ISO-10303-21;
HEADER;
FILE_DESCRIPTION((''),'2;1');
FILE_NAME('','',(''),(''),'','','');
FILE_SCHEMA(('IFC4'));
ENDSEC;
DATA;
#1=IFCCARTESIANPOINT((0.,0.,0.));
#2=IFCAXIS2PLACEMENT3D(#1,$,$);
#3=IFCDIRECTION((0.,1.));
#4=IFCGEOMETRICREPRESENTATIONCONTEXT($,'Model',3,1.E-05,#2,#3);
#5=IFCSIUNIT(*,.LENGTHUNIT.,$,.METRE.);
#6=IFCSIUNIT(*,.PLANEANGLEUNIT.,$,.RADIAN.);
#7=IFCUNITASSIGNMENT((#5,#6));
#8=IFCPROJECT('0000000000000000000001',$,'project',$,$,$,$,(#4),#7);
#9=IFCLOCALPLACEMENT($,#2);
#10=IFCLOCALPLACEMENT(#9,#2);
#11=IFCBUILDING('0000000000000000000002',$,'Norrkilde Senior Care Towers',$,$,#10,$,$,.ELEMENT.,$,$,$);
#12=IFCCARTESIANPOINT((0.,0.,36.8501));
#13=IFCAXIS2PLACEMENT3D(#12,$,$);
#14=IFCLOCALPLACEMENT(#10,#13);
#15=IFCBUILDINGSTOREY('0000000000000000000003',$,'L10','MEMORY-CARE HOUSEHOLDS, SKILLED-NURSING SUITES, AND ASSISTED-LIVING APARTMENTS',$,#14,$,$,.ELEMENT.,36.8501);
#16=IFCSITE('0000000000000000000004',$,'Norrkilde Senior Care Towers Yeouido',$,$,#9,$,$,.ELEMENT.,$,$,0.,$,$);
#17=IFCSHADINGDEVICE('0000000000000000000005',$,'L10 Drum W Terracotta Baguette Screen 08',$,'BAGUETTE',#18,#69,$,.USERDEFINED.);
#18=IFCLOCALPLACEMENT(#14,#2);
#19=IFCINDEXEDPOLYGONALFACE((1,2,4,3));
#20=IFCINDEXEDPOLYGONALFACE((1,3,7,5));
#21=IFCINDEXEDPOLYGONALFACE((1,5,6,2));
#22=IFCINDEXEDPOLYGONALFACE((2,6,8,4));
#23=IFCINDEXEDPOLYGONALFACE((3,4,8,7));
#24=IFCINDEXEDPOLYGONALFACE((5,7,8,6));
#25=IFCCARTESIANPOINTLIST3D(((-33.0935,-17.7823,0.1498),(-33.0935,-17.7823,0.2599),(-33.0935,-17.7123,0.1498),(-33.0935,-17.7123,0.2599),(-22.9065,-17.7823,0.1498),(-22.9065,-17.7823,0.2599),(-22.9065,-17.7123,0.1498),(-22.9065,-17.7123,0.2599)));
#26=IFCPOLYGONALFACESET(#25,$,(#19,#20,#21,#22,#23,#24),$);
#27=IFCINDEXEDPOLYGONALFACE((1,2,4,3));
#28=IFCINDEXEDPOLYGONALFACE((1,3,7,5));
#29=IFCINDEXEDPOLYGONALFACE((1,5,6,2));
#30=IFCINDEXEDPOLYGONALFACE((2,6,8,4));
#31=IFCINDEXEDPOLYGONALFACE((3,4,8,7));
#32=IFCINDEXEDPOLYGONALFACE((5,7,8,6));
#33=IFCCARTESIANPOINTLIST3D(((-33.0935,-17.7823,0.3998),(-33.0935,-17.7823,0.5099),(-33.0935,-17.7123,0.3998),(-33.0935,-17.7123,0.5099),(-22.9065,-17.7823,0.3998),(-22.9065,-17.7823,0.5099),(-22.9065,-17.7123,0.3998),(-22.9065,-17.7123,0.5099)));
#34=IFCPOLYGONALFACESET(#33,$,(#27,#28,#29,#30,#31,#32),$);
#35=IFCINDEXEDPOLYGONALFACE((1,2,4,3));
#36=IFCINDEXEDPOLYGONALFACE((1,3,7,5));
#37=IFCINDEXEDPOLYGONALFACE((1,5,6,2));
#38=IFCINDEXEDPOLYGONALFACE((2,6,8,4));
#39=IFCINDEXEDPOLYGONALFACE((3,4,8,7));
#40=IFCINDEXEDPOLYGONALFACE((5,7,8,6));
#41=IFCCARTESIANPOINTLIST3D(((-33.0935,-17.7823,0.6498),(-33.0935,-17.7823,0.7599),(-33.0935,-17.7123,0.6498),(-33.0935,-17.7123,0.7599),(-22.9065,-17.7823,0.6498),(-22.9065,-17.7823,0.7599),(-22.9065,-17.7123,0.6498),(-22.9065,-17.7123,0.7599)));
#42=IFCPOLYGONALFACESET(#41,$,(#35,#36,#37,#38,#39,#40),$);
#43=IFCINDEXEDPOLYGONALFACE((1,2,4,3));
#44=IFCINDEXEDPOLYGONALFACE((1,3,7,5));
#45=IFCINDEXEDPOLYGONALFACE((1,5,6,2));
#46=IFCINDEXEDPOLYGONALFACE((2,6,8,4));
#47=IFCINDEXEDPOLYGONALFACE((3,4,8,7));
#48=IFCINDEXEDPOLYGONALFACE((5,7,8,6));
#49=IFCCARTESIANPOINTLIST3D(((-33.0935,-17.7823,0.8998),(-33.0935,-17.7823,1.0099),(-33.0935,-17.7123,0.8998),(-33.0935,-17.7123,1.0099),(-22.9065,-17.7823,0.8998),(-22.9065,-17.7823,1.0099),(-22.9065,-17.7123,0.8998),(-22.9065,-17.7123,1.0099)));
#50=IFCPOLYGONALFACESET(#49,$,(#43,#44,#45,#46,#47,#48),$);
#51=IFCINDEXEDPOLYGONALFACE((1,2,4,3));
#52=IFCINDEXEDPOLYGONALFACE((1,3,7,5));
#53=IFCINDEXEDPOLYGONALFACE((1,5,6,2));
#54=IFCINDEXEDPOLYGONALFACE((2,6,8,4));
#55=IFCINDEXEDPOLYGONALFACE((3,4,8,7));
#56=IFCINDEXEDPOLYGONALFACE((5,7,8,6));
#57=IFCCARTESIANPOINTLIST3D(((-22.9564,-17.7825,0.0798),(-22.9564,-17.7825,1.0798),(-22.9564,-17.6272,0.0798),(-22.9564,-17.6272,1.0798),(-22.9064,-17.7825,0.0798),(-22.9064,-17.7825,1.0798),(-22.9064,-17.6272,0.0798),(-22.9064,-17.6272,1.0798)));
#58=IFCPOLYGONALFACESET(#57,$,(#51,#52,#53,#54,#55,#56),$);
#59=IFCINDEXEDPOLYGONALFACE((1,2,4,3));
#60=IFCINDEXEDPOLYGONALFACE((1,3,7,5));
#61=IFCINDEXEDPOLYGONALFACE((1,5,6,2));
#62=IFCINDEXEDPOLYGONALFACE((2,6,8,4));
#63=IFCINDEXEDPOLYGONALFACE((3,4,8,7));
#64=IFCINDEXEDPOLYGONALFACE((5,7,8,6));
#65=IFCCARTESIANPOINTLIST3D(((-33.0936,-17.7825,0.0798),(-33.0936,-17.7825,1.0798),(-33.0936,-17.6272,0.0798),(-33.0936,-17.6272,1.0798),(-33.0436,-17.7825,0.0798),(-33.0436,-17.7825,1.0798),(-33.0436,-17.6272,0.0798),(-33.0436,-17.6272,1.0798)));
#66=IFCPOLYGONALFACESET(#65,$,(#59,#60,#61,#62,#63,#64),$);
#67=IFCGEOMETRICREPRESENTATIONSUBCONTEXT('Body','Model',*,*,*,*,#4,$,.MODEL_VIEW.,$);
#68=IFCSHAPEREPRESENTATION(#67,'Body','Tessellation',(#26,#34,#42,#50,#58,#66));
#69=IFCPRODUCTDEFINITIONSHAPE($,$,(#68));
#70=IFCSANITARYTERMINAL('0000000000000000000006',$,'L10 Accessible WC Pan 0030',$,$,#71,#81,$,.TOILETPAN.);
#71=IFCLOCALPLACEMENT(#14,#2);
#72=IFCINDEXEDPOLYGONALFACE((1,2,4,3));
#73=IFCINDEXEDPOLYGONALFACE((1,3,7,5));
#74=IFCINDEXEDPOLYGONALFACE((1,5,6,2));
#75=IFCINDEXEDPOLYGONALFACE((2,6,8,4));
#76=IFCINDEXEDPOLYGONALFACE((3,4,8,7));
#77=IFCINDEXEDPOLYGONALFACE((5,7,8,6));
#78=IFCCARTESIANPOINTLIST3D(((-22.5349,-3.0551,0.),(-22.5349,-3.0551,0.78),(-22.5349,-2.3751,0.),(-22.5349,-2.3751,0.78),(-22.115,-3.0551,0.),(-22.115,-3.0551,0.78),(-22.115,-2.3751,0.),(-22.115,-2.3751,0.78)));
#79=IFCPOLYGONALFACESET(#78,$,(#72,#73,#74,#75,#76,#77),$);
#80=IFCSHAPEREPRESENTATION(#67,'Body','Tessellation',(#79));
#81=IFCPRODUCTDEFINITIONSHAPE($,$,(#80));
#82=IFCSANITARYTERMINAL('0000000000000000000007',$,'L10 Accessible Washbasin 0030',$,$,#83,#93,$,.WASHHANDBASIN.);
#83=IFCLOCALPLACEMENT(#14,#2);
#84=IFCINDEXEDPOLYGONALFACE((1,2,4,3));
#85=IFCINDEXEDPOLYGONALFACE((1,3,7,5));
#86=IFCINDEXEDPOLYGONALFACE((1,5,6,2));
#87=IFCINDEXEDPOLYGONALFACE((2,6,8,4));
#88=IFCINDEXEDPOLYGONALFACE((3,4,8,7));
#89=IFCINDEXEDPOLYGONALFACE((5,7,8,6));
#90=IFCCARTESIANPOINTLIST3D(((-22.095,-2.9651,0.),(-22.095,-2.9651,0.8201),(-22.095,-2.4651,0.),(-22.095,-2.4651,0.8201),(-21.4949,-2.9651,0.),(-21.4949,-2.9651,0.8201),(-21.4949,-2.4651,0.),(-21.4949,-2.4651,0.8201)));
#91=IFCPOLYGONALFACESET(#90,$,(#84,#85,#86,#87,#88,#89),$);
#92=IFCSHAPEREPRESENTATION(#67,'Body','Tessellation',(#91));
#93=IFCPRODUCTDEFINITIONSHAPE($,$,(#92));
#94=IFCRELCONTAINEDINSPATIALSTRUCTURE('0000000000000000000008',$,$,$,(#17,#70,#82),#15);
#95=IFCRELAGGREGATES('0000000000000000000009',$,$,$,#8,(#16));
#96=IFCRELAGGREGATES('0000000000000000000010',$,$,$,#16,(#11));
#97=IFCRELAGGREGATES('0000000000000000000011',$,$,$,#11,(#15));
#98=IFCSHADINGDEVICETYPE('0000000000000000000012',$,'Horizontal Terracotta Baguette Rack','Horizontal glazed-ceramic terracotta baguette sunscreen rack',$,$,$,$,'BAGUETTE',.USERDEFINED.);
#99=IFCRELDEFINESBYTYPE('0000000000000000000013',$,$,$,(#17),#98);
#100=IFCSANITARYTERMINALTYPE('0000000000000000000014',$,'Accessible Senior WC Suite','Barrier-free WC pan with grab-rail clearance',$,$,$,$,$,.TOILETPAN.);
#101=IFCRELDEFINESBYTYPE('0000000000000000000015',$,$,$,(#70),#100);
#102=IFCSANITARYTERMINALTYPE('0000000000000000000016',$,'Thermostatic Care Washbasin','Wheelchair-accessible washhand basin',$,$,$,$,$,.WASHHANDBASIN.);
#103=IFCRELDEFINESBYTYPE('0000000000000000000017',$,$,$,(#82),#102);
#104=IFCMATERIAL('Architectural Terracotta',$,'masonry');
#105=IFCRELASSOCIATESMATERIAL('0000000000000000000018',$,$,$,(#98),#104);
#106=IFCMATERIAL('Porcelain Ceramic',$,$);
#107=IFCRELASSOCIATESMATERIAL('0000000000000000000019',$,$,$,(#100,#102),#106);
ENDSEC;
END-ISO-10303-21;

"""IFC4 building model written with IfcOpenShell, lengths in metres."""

from ifc_helpers import new_model, si_unit, direction, frame, origin, origin_2d, place, context, subcontext, project, spatial, rectangle, extrude, source, transform, mapped, material, type_object, type_shapes, element, save


model = new_model("IFC4")

# Units and contexts
model_context = context("Model", 3, precision=1e-05, world=origin(), true_north=direction((0.0, 1.0)))
body_context = subcontext(model_context, "Body", "Model", "MODEL_VIEW")
ifc_project = project(units=[si_unit("LENGTHUNIT", "METRE"), si_unit("PLANEANGLEUNIT", "RADIAN")], contexts=[model_context])

# Site, building, storey
site_placement = place(None, origin())
site = spatial("IfcSite", under=ifc_project, at=site_placement, Name="Norrkilde Senior Care Towers Yeouido", CompositionType="ELEMENT", RefElevation=0.0)
building_placement = place(site_placement, origin())
building = spatial("IfcBuilding", under=site, at=building_placement, Name="Norrkilde Senior Care Towers", CompositionType="ELEMENT")
storey_placement = place(building_placement, frame((0.0, 0.0, 36.8501)))
storey = spatial("IfcBuildingStorey", under=building, at=storey_placement, Name="L10", Description="MEMORY-CARE HOUSEHOLDS, SKILLED-NURSING SUITES, AND ASSISTED-LIVING APARTMENTS", CompositionType="ELEMENT", Elevation=36.8501)

# Shading device
ifc_material_1 = material(Name="Architectural Terracotta", Category="masonry")
shading_device_type = type_object("IfcShadingDeviceType", Name="Horizontal Terracotta Baguette Rack", Description="Horizontal glazed-ceramic terracotta baguette sunscreen rack", ElementType="BAGUETTE", PredefinedType="USERDEFINED", material=ifc_material_1)
shared_shape_1 = source(origin(), body_context, "Body", "SweptSolid", [
    extrude(rectangle(XDim=0.0701, YDim=0.1101, at=origin_2d()), frame((0.0, 0.0901, 0.125), z_axis=(1.0, 0.0, 0.0), x_axis=(0.0, 1.0, 0.0)), (0.0, 0.0, 1.0), 10.187),
    extrude(rectangle(XDim=0.0701, YDim=0.1101, at=origin_2d()), frame((0.0, 0.0901, 0.375), z_axis=(1.0, 0.0, 0.0), x_axis=(0.0, 1.0, 0.0)), (0.0, 0.0, 1.0), 10.187),
    extrude(rectangle(XDim=0.0701, YDim=0.1101, at=origin_2d()), frame((0.0, 0.0901, 0.625), z_axis=(1.0, 0.0, 0.0), x_axis=(0.0, 1.0, 0.0)), (0.0, 0.0, 1.0), 10.187),
    extrude(rectangle(XDim=0.0701, YDim=0.1101, at=origin_2d()), frame((0.0, 0.0901, 0.875), z_axis=(1.0, 0.0, 0.0), x_axis=(0.0, 1.0, 0.0)), (0.0, 0.0, 1.0), 10.187),
    extrude(rectangle(XDim=0.05, YDim=0.1553, at=origin_2d()), frame((0.0249, 0.0476, 0.0)), (0.0, 0.0, 1.0), 1.0),
    extrude(rectangle(XDim=0.05, YDim=0.1553, at=origin_2d()), frame((10.1621, 0.0476, 0.0)), (0.0, 0.0, 1.0), 1.0),
])
type_shapes(shading_device_type, [shared_shape_1])
shading_device_placement = place(storey_placement, frame((-22.9065, -17.6572, 0.0798), z_axis=(0.0, 0.0, 1.0), x_axis=(-1.0, 0.0, 0.0)))
element("IfcShadingDevice", 1, at=shading_device_placement, inside=storey, type_object=shading_device_type, Name="L10 Drum W Terracotta Baguette Screen 08", ObjectType="BAGUETTE", PredefinedType="USERDEFINED", context=body_context, shape_type="MappedRepresentation", body=[
    mapped(shared_shape_1, transform((0.0, 0.0, 0.0), x_axis=(1.0, 0.0, 0.0), y_axis=(0.0, 1.0, 0.0), z_axis=(0.0, 0.0, 1.0), scale=1.0)),
])

# Sanitary terminals
ifc_material_2 = material(Name="Porcelain Ceramic")
sanitary_terminal_type_1 = type_object("IfcSanitaryTerminalType", Name="Accessible Senior WC Suite", Description="Barrier-free WC pan with grab-rail clearance", PredefinedType="TOILETPAN", material=ifc_material_2)
shared_shape_2 = source(origin(), body_context, "Body", "SweptSolid", [
    extrude(rectangle(XDim=0.4199, YDim=0.6799, at=origin_2d()), origin(), (0.0, 0.0, 1.0), 0.78),
])
type_shapes(sanitary_terminal_type_1, [shared_shape_2])
sanitary_terminal_1_placement = place(storey_placement, frame((-22.325, -2.7151, 0.0), z_axis=(0.0, 0.0, 1.0), x_axis=(1.0, 0.0, 0.0)))
element("IfcSanitaryTerminal", 2, at=sanitary_terminal_1_placement, inside=storey, type_object=sanitary_terminal_type_1, Name="L10 Accessible WC Pan 0030", PredefinedType="TOILETPAN", context=body_context, shape_type="MappedRepresentation", body=[
    mapped(shared_shape_2, transform((0.0, 0.0, 0.0), x_axis=(1.0, 0.0, 0.0), y_axis=(0.0, 1.0, 0.0), z_axis=(0.0, 0.0, 1.0), scale=1.0)),
])
sanitary_terminal_type_2 = type_object("IfcSanitaryTerminalType", Name="Thermostatic Care Washbasin", Description="Wheelchair-accessible washhand basin", PredefinedType="WASHHANDBASIN", material=ifc_material_2)
shared_shape_3 = source(origin(), body_context, "Body", "SweptSolid", [
    extrude(rectangle(XDim=0.6001, YDim=0.5, at=origin_2d()), origin(), (0.0, 0.0, 1.0), 0.8201),
])
type_shapes(sanitary_terminal_type_2, [shared_shape_3])
sanitary_terminal_2_placement = place(storey_placement, frame((-21.7949, -2.7151, 0.0), z_axis=(0.0, 0.0, 1.0), x_axis=(1.0, 0.0, 0.0)))
element("IfcSanitaryTerminal", 3, at=sanitary_terminal_2_placement, inside=storey, type_object=sanitary_terminal_type_2, Name="L10 Accessible Washbasin 0030", PredefinedType="WASHHANDBASIN", context=body_context, shape_type="MappedRepresentation", body=[
    mapped(shared_shape_3, transform((0.0, 0.0, 0.0), x_axis=(1.0, 0.0, 0.0), y_axis=(0.0, 1.0, 0.0), z_axis=(0.0, 0.0, 1.0), scale=1.0)),
])

save(model, "model.ifc")
